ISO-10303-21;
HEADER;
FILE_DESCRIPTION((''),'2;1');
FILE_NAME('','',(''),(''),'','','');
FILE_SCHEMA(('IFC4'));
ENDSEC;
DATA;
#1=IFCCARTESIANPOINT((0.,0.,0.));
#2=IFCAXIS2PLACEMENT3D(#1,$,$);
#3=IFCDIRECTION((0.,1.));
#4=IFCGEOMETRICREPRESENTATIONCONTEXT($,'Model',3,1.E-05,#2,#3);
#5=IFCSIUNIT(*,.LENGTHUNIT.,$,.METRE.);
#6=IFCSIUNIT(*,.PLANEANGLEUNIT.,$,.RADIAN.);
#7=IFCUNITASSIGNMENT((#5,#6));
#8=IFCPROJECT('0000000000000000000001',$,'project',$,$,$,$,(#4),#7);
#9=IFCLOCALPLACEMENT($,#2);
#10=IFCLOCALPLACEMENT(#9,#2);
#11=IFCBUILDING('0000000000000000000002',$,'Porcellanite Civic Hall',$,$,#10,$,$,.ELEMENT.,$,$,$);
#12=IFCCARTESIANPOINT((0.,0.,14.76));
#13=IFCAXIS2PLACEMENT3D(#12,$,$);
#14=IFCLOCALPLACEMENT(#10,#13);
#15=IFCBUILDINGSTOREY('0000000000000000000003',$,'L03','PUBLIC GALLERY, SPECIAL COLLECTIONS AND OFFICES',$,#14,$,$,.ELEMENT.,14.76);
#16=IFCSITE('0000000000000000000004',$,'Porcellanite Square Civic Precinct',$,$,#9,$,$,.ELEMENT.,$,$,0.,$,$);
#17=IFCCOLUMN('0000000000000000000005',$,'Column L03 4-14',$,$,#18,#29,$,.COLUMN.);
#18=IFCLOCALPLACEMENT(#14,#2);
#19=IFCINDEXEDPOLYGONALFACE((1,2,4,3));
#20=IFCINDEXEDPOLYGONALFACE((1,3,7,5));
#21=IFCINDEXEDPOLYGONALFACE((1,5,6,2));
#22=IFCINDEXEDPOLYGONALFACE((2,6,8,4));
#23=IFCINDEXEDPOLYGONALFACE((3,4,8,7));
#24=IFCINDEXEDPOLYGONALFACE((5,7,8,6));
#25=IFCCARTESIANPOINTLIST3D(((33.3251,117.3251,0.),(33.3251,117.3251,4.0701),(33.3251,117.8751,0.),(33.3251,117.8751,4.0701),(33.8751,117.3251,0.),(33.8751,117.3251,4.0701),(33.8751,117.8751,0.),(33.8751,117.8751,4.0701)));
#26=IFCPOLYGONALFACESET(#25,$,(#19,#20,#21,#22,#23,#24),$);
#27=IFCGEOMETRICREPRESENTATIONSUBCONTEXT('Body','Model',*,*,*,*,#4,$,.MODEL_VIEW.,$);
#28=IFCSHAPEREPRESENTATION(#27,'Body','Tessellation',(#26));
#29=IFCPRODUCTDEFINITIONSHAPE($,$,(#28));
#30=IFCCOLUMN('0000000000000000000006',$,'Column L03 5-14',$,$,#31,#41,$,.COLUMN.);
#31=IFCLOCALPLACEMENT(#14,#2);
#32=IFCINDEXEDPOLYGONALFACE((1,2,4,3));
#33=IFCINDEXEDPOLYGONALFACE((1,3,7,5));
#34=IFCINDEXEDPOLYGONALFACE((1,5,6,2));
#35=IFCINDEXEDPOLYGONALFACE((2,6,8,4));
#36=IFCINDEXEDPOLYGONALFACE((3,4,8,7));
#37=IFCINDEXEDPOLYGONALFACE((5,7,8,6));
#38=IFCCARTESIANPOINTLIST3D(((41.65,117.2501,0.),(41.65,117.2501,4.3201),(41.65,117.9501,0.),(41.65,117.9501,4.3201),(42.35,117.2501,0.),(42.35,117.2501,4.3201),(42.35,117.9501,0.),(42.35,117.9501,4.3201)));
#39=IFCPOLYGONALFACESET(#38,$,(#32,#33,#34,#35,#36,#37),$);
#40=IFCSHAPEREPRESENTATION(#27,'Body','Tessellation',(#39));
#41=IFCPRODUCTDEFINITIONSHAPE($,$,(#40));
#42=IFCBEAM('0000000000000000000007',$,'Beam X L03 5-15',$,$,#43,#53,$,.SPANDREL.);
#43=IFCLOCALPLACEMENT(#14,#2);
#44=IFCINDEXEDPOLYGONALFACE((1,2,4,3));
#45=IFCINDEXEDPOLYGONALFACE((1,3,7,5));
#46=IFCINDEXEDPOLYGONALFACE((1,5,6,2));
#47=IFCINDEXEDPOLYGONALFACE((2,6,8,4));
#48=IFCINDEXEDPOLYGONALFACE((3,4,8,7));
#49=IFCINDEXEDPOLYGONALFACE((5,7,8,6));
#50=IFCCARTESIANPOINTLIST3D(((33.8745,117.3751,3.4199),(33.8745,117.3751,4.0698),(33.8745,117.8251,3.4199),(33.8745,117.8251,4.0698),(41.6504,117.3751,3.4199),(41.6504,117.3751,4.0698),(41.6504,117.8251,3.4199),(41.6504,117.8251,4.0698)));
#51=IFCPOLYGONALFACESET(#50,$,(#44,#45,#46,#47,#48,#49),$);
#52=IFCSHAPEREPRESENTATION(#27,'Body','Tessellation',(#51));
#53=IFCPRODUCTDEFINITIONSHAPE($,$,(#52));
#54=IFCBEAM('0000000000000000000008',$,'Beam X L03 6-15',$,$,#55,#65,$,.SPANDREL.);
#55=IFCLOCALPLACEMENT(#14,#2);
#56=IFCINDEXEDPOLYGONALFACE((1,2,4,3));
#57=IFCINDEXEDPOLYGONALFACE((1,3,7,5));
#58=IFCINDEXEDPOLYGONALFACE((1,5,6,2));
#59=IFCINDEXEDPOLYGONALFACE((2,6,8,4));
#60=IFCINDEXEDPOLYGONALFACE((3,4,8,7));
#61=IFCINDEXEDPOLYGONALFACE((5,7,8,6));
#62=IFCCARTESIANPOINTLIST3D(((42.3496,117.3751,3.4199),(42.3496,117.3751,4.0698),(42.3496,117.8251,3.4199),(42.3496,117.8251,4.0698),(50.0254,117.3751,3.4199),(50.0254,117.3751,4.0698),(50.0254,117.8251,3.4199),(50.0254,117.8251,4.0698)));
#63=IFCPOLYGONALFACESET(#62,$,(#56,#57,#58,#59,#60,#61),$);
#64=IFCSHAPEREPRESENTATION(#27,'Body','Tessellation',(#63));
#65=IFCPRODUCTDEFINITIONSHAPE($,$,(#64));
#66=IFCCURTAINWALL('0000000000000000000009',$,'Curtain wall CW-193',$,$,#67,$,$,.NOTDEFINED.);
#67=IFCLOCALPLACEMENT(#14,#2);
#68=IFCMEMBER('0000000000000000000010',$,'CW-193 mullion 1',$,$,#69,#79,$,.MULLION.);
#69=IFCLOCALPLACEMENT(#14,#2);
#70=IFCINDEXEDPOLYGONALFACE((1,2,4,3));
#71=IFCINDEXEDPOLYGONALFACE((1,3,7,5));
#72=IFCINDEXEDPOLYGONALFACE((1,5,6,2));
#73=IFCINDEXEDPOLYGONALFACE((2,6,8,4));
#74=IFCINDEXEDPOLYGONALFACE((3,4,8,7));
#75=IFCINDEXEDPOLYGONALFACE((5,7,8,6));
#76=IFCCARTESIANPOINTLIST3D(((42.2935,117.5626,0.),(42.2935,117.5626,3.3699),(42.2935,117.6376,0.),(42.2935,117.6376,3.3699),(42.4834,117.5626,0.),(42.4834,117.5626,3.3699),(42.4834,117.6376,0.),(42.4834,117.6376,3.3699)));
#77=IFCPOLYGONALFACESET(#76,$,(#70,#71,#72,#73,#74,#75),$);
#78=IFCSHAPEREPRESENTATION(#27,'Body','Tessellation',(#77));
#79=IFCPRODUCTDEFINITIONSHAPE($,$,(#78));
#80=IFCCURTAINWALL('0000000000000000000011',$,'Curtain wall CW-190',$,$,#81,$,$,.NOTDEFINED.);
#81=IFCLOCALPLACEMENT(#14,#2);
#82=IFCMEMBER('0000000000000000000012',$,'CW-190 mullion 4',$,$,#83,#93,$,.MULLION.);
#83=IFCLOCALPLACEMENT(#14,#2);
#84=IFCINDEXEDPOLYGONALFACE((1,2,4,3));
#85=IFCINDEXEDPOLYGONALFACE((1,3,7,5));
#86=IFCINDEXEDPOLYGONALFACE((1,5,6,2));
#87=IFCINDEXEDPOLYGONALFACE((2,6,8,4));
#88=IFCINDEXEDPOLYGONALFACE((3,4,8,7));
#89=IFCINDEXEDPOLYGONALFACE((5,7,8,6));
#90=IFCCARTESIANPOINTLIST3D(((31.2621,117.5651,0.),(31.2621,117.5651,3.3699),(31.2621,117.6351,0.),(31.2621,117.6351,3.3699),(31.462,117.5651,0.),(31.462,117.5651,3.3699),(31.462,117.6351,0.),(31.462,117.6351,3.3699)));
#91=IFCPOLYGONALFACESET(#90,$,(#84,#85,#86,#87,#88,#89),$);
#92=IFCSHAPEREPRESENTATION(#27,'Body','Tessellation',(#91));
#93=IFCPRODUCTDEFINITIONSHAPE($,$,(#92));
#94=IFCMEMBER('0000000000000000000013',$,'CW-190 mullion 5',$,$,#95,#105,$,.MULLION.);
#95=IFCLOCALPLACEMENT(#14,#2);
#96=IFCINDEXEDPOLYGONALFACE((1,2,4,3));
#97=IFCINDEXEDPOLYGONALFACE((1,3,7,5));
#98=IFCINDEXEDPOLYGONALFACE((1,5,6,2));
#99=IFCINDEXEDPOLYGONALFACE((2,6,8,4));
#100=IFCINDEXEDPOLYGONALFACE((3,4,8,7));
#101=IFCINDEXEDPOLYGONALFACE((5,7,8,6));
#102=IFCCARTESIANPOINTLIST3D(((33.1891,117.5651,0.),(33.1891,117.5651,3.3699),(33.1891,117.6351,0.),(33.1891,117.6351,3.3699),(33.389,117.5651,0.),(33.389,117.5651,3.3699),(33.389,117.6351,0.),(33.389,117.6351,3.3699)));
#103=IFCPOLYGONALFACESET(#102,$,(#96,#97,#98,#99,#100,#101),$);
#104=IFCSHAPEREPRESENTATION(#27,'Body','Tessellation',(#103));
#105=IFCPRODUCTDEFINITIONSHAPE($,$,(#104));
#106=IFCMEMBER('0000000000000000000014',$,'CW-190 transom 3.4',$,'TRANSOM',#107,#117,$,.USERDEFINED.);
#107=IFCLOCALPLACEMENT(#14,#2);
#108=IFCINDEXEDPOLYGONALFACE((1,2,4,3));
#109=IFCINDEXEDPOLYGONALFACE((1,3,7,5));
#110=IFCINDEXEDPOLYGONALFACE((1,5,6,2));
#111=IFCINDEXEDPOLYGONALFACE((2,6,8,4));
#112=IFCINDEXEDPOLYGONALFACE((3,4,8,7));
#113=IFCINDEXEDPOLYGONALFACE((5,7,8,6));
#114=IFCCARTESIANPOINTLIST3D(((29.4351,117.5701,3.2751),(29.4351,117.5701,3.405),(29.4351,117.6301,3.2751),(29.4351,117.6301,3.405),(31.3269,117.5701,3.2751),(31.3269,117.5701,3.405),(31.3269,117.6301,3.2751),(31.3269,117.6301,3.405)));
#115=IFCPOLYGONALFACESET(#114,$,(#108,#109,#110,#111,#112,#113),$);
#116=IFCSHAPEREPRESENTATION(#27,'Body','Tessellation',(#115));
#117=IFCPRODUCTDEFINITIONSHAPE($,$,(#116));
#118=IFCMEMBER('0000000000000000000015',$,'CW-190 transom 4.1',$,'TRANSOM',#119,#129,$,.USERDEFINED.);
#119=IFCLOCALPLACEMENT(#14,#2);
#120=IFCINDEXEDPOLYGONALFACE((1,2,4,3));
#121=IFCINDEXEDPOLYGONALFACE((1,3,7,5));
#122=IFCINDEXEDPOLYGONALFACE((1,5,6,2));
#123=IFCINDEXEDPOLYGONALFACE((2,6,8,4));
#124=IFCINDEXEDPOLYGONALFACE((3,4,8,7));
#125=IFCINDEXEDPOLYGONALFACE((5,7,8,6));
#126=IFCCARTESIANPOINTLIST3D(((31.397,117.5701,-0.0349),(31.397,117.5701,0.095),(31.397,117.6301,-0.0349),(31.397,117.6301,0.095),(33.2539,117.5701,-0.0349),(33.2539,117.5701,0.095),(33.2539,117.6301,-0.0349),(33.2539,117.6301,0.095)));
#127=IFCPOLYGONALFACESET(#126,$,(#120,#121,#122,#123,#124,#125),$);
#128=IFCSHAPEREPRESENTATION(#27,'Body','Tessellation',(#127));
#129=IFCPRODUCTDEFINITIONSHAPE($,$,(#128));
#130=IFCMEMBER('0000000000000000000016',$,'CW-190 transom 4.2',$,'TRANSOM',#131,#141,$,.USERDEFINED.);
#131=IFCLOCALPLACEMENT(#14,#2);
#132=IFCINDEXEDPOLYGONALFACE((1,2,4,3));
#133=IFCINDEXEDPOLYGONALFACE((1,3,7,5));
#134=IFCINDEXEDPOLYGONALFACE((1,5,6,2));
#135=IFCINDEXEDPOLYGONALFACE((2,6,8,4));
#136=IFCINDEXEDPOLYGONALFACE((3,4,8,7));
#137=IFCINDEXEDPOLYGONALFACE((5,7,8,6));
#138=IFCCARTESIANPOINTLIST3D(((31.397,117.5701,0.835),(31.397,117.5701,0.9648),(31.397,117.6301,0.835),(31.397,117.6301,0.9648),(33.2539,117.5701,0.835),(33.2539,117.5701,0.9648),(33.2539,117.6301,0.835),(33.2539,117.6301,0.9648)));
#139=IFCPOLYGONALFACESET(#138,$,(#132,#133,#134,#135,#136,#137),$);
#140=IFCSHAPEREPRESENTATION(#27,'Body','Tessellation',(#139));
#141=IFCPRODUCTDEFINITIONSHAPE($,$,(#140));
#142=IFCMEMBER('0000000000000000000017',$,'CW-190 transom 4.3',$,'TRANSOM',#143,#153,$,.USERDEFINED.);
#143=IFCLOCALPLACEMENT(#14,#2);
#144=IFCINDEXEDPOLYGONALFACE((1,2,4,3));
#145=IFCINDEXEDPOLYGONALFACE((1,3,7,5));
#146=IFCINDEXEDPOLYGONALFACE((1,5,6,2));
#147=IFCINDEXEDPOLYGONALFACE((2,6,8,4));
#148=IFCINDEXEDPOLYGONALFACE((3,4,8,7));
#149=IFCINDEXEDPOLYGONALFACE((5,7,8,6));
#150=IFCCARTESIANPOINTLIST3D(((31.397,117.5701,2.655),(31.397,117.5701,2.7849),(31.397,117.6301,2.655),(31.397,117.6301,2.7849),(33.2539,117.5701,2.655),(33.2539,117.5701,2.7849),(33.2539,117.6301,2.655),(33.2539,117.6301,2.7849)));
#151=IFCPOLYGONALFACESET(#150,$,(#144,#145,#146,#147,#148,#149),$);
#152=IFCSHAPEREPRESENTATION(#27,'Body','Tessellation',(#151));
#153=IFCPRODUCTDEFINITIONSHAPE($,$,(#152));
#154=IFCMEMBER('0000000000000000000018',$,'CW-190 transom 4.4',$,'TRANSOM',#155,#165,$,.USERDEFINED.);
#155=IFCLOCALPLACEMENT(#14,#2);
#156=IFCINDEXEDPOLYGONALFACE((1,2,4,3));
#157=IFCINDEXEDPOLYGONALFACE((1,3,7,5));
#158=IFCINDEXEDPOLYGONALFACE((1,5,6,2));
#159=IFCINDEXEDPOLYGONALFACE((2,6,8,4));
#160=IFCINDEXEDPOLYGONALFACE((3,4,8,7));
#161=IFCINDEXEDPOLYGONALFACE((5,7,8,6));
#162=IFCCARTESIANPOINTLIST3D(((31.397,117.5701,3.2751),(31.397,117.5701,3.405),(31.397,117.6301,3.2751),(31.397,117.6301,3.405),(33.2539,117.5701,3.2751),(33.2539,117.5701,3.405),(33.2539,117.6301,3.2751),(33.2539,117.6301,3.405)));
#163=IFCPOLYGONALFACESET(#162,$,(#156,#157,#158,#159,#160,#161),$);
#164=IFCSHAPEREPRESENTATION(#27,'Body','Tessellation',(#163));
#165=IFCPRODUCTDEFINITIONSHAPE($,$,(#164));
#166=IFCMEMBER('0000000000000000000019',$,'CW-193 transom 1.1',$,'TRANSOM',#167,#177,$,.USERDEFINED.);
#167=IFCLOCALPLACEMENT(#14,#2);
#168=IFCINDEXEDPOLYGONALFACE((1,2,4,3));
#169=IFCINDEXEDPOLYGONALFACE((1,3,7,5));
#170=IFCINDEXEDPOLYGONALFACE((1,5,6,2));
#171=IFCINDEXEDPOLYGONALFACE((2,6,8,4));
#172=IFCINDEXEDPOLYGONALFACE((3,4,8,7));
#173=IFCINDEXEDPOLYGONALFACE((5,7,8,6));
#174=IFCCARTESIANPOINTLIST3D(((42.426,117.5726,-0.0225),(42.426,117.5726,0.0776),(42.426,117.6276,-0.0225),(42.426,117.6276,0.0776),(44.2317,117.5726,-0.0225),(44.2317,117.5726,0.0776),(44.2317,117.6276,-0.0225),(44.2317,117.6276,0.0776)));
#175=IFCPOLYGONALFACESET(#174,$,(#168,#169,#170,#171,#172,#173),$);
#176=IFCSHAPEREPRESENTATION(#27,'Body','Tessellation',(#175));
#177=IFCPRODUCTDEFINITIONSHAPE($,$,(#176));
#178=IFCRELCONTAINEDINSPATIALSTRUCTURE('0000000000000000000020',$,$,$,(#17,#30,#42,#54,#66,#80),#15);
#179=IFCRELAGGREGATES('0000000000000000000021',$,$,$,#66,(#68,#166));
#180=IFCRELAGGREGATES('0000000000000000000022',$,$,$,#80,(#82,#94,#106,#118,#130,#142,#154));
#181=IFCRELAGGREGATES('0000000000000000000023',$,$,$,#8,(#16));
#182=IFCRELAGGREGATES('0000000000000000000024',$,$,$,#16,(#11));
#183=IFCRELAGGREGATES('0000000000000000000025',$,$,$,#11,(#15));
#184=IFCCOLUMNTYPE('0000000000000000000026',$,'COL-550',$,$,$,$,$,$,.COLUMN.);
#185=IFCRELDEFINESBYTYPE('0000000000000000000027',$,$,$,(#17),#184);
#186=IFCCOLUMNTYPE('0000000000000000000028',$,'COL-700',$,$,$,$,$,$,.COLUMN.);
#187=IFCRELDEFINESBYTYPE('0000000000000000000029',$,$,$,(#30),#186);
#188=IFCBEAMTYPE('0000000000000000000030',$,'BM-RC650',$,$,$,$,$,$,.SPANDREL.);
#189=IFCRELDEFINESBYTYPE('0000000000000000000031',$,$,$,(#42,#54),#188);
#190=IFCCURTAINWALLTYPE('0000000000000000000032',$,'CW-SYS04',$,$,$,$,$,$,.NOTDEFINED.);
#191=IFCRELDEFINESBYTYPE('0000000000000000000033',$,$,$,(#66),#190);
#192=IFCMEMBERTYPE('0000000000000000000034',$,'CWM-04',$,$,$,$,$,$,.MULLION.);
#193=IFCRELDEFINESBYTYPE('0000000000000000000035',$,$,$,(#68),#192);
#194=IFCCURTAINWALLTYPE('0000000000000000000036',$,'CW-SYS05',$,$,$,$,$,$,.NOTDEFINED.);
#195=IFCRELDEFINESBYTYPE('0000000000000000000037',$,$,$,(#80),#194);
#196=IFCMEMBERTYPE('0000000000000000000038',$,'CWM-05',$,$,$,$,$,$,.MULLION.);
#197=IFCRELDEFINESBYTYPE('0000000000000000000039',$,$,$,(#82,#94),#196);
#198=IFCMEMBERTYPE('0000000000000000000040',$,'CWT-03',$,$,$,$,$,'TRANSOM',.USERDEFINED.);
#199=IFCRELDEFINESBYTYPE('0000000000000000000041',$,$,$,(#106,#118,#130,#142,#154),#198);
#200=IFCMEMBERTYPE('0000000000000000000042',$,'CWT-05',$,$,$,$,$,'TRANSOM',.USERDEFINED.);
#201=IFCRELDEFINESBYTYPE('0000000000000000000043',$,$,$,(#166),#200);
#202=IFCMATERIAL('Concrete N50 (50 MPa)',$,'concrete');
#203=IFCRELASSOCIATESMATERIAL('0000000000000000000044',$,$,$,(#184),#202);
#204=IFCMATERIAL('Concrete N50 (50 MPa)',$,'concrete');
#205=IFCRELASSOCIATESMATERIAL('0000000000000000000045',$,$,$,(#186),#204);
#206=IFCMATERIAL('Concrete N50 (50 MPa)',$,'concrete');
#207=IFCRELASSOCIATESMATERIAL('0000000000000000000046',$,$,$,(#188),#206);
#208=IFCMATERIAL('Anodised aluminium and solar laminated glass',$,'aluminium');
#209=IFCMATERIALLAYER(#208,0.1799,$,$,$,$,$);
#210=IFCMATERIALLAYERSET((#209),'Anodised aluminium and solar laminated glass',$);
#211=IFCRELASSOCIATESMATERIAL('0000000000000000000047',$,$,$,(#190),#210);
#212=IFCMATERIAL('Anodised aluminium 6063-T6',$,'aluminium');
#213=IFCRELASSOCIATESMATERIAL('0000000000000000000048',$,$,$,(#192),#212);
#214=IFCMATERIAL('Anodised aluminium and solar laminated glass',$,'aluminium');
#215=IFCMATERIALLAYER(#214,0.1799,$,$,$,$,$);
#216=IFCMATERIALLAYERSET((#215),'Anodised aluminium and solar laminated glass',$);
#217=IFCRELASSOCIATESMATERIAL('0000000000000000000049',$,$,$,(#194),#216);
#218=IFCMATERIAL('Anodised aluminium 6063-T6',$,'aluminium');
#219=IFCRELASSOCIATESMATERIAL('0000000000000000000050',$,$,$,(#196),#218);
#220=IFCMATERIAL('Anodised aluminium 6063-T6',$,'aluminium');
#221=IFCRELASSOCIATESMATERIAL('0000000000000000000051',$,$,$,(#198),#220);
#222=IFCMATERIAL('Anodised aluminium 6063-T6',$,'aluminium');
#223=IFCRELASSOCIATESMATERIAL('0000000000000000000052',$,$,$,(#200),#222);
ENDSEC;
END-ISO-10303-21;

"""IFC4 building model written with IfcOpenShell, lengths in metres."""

from ifc_helpers import new_model, si_unit, direction, frame, origin, origin_2d, place, context, subcontext, project, spatial, rectangle, extrude, material, layer, layer_set, material_profile, profile_set, type_object, element, aggregate, save


model = new_model("IFC4")

# Units and contexts
model_context = context("Model", 3, precision=1e-05, world=origin(), true_north=direction((0.0, 1.0)))
body_context = subcontext(model_context, "Body", "Model", "MODEL_VIEW")
ifc_project = project(units=[si_unit("LENGTHUNIT", "METRE"), si_unit("PLANEANGLEUNIT", "RADIAN")], contexts=[model_context])

# Site, building, storey
site_placement = place(None, origin())
site = spatial("IfcSite", under=ifc_project, at=site_placement, Name="Porcellanite Square Civic Precinct", CompositionType="ELEMENT", RefElevation=0.0)
building_placement = place(site_placement, origin())
building = spatial("IfcBuilding", under=site, at=building_placement, Name="Porcellanite Civic Hall", CompositionType="ELEMENT")
storey_placement = place(building_placement, frame((0.0, 0.0, 14.76)))
storey = spatial("IfcBuildingStorey", under=building, at=storey_placement, Name="L03", Description="PUBLIC GALLERY, SPECIAL COLLECTIONS AND OFFICES", CompositionType="ELEMENT", Elevation=14.76)

# Columns
ifc_material_1 = material(Name="Concrete N50 (50 MPa)", Category="concrete")
ifc_material_profile_1 = material_profile(ifc_material_1, rectangle(XDim=0.55, YDim=0.55, at=origin_2d()), Name="RC-550x550")
ifc_profile_set_1 = profile_set([ifc_material_profile_1], Name="Concrete N50 (50 MPa)")
column_type_1 = type_object("IfcColumnType", Name="COL-550", PredefinedType="COLUMN", material=ifc_profile_set_1)
column_1_placement = place(storey_placement, frame((33.6001, 117.6001, 0.0), z_axis=(0.0, 0.0, 1.0), x_axis=(1.0, 0.0, 0.0)))
element("IfcColumn", 1, at=column_1_placement, inside=storey, type_object=column_type_1, Name="Column L03 4-14", PredefinedType="COLUMN", context=body_context, shape_type="SweptSolid", body=[
    extrude(rectangle(XDim=0.55, YDim=0.55, at=origin_2d()), origin(), (0.0, 0.0, 1.0), 4.0701),
])
ifc_material_2 = material(Name="Concrete N50 (50 MPa)", Category="concrete")
ifc_material_profile_2 = material_profile(ifc_material_2, rectangle(XDim=0.7, YDim=0.7, at=origin_2d()), Name="RC-700x700")
ifc_profile_set_2 = profile_set([ifc_material_profile_2], Name="Concrete N50 (50 MPa)")
column_type_2 = type_object("IfcColumnType", Name="COL-700", PredefinedType="COLUMN", material=ifc_profile_set_2)
column_2_placement = place(storey_placement, frame((42.0, 117.6001, 0.0), z_axis=(0.0, 0.0, 1.0), x_axis=(1.0, 0.0, 0.0)))
element("IfcColumn", 2, at=column_2_placement, inside=storey, type_object=column_type_2, Name="Column L03 5-14", PredefinedType="COLUMN", context=body_context, shape_type="SweptSolid", body=[
    extrude(rectangle(XDim=0.7, YDim=0.7, at=origin_2d()), origin(), (0.0, 0.0, 1.0), 4.3201),
])

# Beams
ifc_material_3 = material(Name="Concrete N50 (50 MPa)", Category="concrete")
ifc_material_profile_3 = material_profile(ifc_material_3, rectangle(XDim=0.45, YDim=0.6499, at=origin_2d()), Name="RC-450x650")
ifc_profile_set_3 = profile_set([ifc_material_profile_3], Name="Concrete N50 (50 MPa)")
beam_type = type_object("IfcBeamType", Name="BM-RC650", PredefinedType="SPANDREL", material=ifc_profile_set_3)
beam_1_placement = place(storey_placement, frame((33.8745, 117.6001, 3.7449), z_axis=(1.0, 0.0, 0.0), x_axis=(0.0, 1.0, 0.0)))
element("IfcBeam", 3, at=beam_1_placement, inside=storey, type_object=beam_type, Name="Beam X L03 5-15", PredefinedType="SPANDREL", context=body_context, shape_type="SweptSolid", body=[
    extrude(rectangle(XDim=0.45, YDim=0.6499, at=origin_2d()), origin(), (0.0, 0.0, 1.0), 7.7759),
])
beam_2_placement = place(storey_placement, frame((42.3496, 117.6001, 3.7449), z_axis=(1.0, 0.0, 0.0), x_axis=(0.0, 1.0, 0.0)))
element("IfcBeam", 4, at=beam_2_placement, inside=storey, type_object=beam_type, Name="Beam X L03 6-15", PredefinedType="SPANDREL", context=body_context, shape_type="SweptSolid", body=[
    extrude(rectangle(XDim=0.45, YDim=0.6499, at=origin_2d()), origin(), (0.0, 0.0, 1.0), 7.6758),
])

# Curtain wall, member
ifc_material_4 = material(Name="Anodised aluminium and solar laminated glass", Category="aluminium")
ifc_layer_1 = layer(ifc_material_4, 0.1799)
ifc_layer_set_1 = layer_set([ifc_layer_1], Name="Anodised aluminium and solar laminated glass")
curtain_wall_type_1 = type_object("IfcCurtainWallType", Name="CW-SYS04", PredefinedType="NOTDEFINED", material=ifc_layer_set_1)
curtain_wall_1_placement = place(storey_placement, origin())
curtain_wall_1 = element("IfcCurtainWall", 5, at=curtain_wall_1_placement, inside=storey, type_object=curtain_wall_type_1, Name="Curtain wall CW-193", PredefinedType="NOTDEFINED")
ifc_material_5 = material(Name="Anodised aluminium 6063-T6", Category="aluminium")
ifc_material_profile_4 = material_profile(ifc_material_5, rectangle(XDim=0.075, YDim=0.1899, at=origin_2d()), Name="AL-75x190")
ifc_profile_set_4 = profile_set([ifc_material_profile_4], Name="Anodised aluminium 6063-T6")
member_type_1 = type_object("IfcMemberType", Name="CWM-04", PredefinedType="MULLION", material=ifc_profile_set_4)
member_1_placement = place(storey_placement, frame((42.3884, 117.6001, 0.0), z_axis=(0.0, 0.0, 1.0), x_axis=(0.0, 1.0, 0.0)))
member_1 = element("IfcMember", 6, at=member_1_placement, type_object=member_type_1, Name="CW-193 mullion 1", PredefinedType="MULLION", context=body_context, shape_type="SweptSolid", body=[
    extrude(rectangle(XDim=0.075, YDim=0.1899, at=origin_2d()), origin(), (0.0, 0.0, 1.0), 3.3699),
])

# Curtain wall, members
ifc_material_6 = material(Name="Anodised aluminium and solar laminated glass", Category="aluminium")
ifc_layer_2 = layer(ifc_material_6, 0.1799)
ifc_layer_set_2 = layer_set([ifc_layer_2], Name="Anodised aluminium and solar laminated glass")
curtain_wall_type_2 = type_object("IfcCurtainWallType", Name="CW-SYS05", PredefinedType="NOTDEFINED", material=ifc_layer_set_2)
curtain_wall_2_placement = place(storey_placement, origin())
curtain_wall_2 = element("IfcCurtainWall", 7, at=curtain_wall_2_placement, inside=storey, type_object=curtain_wall_type_2, Name="Curtain wall CW-190", PredefinedType="NOTDEFINED")
ifc_material_7 = material(Name="Anodised aluminium 6063-T6", Category="aluminium")
ifc_material_profile_5 = material_profile(ifc_material_7, rectangle(XDim=0.0701, YDim=0.2, at=origin_2d()), Name="AL-70x200")
ifc_profile_set_5 = profile_set([ifc_material_profile_5], Name="Anodised aluminium 6063-T6")
member_type_2 = type_object("IfcMemberType", Name="CWM-05", PredefinedType="MULLION", material=ifc_profile_set_5)
member_2_placement = place(storey_placement, frame((31.3621, 117.6001, 0.0), z_axis=(0.0, 0.0, 1.0), x_axis=(0.0, 1.0, 0.0)))
member_2 = element("IfcMember", 8, at=member_2_placement, type_object=member_type_2, Name="CW-190 mullion 4", PredefinedType="MULLION", context=body_context, shape_type="SweptSolid", body=[
    extrude(rectangle(XDim=0.0701, YDim=0.2, at=origin_2d()), origin(), (0.0, 0.0, 1.0), 3.3699),
])
member_3_placement = place(storey_placement, frame((33.2891, 117.6001, 0.0), z_axis=(0.0, 0.0, 1.0), x_axis=(0.0, 1.0, 0.0)))
member_3 = element("IfcMember", 9, at=member_3_placement, type_object=member_type_2, Name="CW-190 mullion 5", PredefinedType="MULLION", context=body_context, shape_type="SweptSolid", body=[
    extrude(rectangle(XDim=0.0701, YDim=0.2, at=origin_2d()), origin(), (0.0, 0.0, 1.0), 3.3699),
])
ifc_material_8 = material(Name="Anodised aluminium 6063-T6", Category="aluminium")
ifc_material_profile_6 = material_profile(ifc_material_8, rectangle(XDim=0.0601, YDim=0.1299, at=origin_2d()), Name="AL-60x130")
ifc_profile_set_6 = profile_set([ifc_material_profile_6], Name="Anodised aluminium 6063-T6")
member_type_3 = type_object("IfcMemberType", Name="CWT-03", ElementType="TRANSOM", PredefinedType="USERDEFINED", material=ifc_profile_set_6)
member_4_placement = place(storey_placement, frame((29.4351, 117.6001, 3.3401), z_axis=(1.0, 0.0, 0.0), x_axis=(0.0, 1.0, 0.0)))
member_4 = element("IfcMember", 10, at=member_4_placement, type_object=member_type_3, Name="CW-190 transom 3.4", ObjectType="TRANSOM", PredefinedType="USERDEFINED", context=body_context, shape_type="SweptSolid", body=[
    extrude(rectangle(XDim=0.0601, YDim=0.1299, at=origin_2d()), origin(), (0.0, 0.0, 1.0), 1.8918),
])
member_5_placement = place(storey_placement, frame((31.397, 117.6001, 0.03), z_axis=(1.0, 0.0, 0.0), x_axis=(0.0, 1.0, 0.0)))
member_5 = element("IfcMember", 11, at=member_5_placement, type_object=member_type_3, Name="CW-190 transom 4.1", ObjectType="TRANSOM", PredefinedType="USERDEFINED", context=body_context, shape_type="SweptSolid", body=[
    extrude(rectangle(XDim=0.0601, YDim=0.1299, at=origin_2d()), origin(), (0.0, 0.0, 1.0), 1.8569),
])
member_6_placement = place(storey_placement, frame((31.397, 117.6001, 0.8999), z_axis=(1.0, 0.0, 0.0), x_axis=(0.0, 1.0, 0.0)))
member_6 = element("IfcMember", 12, at=member_6_placement, type_object=member_type_3, Name="CW-190 transom 4.2", ObjectType="TRANSOM", PredefinedType="USERDEFINED", context=body_context, shape_type="SweptSolid", body=[
    extrude(rectangle(XDim=0.0601, YDim=0.1299, at=origin_2d()), origin(), (0.0, 0.0, 1.0), 1.8569),
])
member_7_placement = place(storey_placement, frame((31.397, 117.6001, 2.72), z_axis=(1.0, 0.0, 0.0), x_axis=(0.0, 1.0, 0.0)))
member_7 = element("IfcMember", 13, at=member_7_placement, type_object=member_type_3, Name="CW-190 transom 4.3", ObjectType="TRANSOM", PredefinedType="USERDEFINED", context=body_context, shape_type="SweptSolid", body=[
    extrude(rectangle(XDim=0.0601, YDim=0.1299, at=origin_2d()), origin(), (0.0, 0.0, 1.0), 1.8569),
])
member_8_placement = place(storey_placement, frame((31.397, 117.6001, 3.3401), z_axis=(1.0, 0.0, 0.0), x_axis=(0.0, 1.0, 0.0)))
member_8 = element("IfcMember", 14, at=member_8_placement, type_object=member_type_3, Name="CW-190 transom 4.4", ObjectType="TRANSOM", PredefinedType="USERDEFINED", context=body_context, shape_type="SweptSolid", body=[
    extrude(rectangle(XDim=0.0601, YDim=0.1299, at=origin_2d()), origin(), (0.0, 0.0, 1.0), 1.8569),
])

# Member
ifc_material_9 = material(Name="Anodised aluminium 6063-T6", Category="aluminium")
ifc_material_profile_7 = material_profile(ifc_material_9, rectangle(XDim=0.0549, YDim=0.1001, at=origin_2d()), Name="AL-55x100")
ifc_profile_set_7 = profile_set([ifc_material_profile_7], Name="Anodised aluminium 6063-T6")
member_type_4 = type_object("IfcMemberType", Name="CWT-05", ElementType="TRANSOM", PredefinedType="USERDEFINED", material=ifc_profile_set_7)
member_9_placement = place(storey_placement, frame((42.426, 117.6001, 0.0276), z_axis=(1.0, 0.0, 0.0), x_axis=(0.0, 1.0, 0.0)))
member_9 = element("IfcMember", 15, at=member_9_placement, type_object=member_type_4, Name="CW-193 transom 1.1", ObjectType="TRANSOM", PredefinedType="USERDEFINED", context=body_context, shape_type="SweptSolid", body=[
    extrude(rectangle(XDim=0.0549, YDim=0.1001, at=origin_2d()), origin(), (0.0, 0.0, 1.0), 1.8057),
])
aggregate(curtain_wall_1, [member_1, member_9])

aggregate(curtain_wall_2, [member_2, member_3, member_4, member_5, member_6, member_7, member_8])

save(model, "model.ifc")
